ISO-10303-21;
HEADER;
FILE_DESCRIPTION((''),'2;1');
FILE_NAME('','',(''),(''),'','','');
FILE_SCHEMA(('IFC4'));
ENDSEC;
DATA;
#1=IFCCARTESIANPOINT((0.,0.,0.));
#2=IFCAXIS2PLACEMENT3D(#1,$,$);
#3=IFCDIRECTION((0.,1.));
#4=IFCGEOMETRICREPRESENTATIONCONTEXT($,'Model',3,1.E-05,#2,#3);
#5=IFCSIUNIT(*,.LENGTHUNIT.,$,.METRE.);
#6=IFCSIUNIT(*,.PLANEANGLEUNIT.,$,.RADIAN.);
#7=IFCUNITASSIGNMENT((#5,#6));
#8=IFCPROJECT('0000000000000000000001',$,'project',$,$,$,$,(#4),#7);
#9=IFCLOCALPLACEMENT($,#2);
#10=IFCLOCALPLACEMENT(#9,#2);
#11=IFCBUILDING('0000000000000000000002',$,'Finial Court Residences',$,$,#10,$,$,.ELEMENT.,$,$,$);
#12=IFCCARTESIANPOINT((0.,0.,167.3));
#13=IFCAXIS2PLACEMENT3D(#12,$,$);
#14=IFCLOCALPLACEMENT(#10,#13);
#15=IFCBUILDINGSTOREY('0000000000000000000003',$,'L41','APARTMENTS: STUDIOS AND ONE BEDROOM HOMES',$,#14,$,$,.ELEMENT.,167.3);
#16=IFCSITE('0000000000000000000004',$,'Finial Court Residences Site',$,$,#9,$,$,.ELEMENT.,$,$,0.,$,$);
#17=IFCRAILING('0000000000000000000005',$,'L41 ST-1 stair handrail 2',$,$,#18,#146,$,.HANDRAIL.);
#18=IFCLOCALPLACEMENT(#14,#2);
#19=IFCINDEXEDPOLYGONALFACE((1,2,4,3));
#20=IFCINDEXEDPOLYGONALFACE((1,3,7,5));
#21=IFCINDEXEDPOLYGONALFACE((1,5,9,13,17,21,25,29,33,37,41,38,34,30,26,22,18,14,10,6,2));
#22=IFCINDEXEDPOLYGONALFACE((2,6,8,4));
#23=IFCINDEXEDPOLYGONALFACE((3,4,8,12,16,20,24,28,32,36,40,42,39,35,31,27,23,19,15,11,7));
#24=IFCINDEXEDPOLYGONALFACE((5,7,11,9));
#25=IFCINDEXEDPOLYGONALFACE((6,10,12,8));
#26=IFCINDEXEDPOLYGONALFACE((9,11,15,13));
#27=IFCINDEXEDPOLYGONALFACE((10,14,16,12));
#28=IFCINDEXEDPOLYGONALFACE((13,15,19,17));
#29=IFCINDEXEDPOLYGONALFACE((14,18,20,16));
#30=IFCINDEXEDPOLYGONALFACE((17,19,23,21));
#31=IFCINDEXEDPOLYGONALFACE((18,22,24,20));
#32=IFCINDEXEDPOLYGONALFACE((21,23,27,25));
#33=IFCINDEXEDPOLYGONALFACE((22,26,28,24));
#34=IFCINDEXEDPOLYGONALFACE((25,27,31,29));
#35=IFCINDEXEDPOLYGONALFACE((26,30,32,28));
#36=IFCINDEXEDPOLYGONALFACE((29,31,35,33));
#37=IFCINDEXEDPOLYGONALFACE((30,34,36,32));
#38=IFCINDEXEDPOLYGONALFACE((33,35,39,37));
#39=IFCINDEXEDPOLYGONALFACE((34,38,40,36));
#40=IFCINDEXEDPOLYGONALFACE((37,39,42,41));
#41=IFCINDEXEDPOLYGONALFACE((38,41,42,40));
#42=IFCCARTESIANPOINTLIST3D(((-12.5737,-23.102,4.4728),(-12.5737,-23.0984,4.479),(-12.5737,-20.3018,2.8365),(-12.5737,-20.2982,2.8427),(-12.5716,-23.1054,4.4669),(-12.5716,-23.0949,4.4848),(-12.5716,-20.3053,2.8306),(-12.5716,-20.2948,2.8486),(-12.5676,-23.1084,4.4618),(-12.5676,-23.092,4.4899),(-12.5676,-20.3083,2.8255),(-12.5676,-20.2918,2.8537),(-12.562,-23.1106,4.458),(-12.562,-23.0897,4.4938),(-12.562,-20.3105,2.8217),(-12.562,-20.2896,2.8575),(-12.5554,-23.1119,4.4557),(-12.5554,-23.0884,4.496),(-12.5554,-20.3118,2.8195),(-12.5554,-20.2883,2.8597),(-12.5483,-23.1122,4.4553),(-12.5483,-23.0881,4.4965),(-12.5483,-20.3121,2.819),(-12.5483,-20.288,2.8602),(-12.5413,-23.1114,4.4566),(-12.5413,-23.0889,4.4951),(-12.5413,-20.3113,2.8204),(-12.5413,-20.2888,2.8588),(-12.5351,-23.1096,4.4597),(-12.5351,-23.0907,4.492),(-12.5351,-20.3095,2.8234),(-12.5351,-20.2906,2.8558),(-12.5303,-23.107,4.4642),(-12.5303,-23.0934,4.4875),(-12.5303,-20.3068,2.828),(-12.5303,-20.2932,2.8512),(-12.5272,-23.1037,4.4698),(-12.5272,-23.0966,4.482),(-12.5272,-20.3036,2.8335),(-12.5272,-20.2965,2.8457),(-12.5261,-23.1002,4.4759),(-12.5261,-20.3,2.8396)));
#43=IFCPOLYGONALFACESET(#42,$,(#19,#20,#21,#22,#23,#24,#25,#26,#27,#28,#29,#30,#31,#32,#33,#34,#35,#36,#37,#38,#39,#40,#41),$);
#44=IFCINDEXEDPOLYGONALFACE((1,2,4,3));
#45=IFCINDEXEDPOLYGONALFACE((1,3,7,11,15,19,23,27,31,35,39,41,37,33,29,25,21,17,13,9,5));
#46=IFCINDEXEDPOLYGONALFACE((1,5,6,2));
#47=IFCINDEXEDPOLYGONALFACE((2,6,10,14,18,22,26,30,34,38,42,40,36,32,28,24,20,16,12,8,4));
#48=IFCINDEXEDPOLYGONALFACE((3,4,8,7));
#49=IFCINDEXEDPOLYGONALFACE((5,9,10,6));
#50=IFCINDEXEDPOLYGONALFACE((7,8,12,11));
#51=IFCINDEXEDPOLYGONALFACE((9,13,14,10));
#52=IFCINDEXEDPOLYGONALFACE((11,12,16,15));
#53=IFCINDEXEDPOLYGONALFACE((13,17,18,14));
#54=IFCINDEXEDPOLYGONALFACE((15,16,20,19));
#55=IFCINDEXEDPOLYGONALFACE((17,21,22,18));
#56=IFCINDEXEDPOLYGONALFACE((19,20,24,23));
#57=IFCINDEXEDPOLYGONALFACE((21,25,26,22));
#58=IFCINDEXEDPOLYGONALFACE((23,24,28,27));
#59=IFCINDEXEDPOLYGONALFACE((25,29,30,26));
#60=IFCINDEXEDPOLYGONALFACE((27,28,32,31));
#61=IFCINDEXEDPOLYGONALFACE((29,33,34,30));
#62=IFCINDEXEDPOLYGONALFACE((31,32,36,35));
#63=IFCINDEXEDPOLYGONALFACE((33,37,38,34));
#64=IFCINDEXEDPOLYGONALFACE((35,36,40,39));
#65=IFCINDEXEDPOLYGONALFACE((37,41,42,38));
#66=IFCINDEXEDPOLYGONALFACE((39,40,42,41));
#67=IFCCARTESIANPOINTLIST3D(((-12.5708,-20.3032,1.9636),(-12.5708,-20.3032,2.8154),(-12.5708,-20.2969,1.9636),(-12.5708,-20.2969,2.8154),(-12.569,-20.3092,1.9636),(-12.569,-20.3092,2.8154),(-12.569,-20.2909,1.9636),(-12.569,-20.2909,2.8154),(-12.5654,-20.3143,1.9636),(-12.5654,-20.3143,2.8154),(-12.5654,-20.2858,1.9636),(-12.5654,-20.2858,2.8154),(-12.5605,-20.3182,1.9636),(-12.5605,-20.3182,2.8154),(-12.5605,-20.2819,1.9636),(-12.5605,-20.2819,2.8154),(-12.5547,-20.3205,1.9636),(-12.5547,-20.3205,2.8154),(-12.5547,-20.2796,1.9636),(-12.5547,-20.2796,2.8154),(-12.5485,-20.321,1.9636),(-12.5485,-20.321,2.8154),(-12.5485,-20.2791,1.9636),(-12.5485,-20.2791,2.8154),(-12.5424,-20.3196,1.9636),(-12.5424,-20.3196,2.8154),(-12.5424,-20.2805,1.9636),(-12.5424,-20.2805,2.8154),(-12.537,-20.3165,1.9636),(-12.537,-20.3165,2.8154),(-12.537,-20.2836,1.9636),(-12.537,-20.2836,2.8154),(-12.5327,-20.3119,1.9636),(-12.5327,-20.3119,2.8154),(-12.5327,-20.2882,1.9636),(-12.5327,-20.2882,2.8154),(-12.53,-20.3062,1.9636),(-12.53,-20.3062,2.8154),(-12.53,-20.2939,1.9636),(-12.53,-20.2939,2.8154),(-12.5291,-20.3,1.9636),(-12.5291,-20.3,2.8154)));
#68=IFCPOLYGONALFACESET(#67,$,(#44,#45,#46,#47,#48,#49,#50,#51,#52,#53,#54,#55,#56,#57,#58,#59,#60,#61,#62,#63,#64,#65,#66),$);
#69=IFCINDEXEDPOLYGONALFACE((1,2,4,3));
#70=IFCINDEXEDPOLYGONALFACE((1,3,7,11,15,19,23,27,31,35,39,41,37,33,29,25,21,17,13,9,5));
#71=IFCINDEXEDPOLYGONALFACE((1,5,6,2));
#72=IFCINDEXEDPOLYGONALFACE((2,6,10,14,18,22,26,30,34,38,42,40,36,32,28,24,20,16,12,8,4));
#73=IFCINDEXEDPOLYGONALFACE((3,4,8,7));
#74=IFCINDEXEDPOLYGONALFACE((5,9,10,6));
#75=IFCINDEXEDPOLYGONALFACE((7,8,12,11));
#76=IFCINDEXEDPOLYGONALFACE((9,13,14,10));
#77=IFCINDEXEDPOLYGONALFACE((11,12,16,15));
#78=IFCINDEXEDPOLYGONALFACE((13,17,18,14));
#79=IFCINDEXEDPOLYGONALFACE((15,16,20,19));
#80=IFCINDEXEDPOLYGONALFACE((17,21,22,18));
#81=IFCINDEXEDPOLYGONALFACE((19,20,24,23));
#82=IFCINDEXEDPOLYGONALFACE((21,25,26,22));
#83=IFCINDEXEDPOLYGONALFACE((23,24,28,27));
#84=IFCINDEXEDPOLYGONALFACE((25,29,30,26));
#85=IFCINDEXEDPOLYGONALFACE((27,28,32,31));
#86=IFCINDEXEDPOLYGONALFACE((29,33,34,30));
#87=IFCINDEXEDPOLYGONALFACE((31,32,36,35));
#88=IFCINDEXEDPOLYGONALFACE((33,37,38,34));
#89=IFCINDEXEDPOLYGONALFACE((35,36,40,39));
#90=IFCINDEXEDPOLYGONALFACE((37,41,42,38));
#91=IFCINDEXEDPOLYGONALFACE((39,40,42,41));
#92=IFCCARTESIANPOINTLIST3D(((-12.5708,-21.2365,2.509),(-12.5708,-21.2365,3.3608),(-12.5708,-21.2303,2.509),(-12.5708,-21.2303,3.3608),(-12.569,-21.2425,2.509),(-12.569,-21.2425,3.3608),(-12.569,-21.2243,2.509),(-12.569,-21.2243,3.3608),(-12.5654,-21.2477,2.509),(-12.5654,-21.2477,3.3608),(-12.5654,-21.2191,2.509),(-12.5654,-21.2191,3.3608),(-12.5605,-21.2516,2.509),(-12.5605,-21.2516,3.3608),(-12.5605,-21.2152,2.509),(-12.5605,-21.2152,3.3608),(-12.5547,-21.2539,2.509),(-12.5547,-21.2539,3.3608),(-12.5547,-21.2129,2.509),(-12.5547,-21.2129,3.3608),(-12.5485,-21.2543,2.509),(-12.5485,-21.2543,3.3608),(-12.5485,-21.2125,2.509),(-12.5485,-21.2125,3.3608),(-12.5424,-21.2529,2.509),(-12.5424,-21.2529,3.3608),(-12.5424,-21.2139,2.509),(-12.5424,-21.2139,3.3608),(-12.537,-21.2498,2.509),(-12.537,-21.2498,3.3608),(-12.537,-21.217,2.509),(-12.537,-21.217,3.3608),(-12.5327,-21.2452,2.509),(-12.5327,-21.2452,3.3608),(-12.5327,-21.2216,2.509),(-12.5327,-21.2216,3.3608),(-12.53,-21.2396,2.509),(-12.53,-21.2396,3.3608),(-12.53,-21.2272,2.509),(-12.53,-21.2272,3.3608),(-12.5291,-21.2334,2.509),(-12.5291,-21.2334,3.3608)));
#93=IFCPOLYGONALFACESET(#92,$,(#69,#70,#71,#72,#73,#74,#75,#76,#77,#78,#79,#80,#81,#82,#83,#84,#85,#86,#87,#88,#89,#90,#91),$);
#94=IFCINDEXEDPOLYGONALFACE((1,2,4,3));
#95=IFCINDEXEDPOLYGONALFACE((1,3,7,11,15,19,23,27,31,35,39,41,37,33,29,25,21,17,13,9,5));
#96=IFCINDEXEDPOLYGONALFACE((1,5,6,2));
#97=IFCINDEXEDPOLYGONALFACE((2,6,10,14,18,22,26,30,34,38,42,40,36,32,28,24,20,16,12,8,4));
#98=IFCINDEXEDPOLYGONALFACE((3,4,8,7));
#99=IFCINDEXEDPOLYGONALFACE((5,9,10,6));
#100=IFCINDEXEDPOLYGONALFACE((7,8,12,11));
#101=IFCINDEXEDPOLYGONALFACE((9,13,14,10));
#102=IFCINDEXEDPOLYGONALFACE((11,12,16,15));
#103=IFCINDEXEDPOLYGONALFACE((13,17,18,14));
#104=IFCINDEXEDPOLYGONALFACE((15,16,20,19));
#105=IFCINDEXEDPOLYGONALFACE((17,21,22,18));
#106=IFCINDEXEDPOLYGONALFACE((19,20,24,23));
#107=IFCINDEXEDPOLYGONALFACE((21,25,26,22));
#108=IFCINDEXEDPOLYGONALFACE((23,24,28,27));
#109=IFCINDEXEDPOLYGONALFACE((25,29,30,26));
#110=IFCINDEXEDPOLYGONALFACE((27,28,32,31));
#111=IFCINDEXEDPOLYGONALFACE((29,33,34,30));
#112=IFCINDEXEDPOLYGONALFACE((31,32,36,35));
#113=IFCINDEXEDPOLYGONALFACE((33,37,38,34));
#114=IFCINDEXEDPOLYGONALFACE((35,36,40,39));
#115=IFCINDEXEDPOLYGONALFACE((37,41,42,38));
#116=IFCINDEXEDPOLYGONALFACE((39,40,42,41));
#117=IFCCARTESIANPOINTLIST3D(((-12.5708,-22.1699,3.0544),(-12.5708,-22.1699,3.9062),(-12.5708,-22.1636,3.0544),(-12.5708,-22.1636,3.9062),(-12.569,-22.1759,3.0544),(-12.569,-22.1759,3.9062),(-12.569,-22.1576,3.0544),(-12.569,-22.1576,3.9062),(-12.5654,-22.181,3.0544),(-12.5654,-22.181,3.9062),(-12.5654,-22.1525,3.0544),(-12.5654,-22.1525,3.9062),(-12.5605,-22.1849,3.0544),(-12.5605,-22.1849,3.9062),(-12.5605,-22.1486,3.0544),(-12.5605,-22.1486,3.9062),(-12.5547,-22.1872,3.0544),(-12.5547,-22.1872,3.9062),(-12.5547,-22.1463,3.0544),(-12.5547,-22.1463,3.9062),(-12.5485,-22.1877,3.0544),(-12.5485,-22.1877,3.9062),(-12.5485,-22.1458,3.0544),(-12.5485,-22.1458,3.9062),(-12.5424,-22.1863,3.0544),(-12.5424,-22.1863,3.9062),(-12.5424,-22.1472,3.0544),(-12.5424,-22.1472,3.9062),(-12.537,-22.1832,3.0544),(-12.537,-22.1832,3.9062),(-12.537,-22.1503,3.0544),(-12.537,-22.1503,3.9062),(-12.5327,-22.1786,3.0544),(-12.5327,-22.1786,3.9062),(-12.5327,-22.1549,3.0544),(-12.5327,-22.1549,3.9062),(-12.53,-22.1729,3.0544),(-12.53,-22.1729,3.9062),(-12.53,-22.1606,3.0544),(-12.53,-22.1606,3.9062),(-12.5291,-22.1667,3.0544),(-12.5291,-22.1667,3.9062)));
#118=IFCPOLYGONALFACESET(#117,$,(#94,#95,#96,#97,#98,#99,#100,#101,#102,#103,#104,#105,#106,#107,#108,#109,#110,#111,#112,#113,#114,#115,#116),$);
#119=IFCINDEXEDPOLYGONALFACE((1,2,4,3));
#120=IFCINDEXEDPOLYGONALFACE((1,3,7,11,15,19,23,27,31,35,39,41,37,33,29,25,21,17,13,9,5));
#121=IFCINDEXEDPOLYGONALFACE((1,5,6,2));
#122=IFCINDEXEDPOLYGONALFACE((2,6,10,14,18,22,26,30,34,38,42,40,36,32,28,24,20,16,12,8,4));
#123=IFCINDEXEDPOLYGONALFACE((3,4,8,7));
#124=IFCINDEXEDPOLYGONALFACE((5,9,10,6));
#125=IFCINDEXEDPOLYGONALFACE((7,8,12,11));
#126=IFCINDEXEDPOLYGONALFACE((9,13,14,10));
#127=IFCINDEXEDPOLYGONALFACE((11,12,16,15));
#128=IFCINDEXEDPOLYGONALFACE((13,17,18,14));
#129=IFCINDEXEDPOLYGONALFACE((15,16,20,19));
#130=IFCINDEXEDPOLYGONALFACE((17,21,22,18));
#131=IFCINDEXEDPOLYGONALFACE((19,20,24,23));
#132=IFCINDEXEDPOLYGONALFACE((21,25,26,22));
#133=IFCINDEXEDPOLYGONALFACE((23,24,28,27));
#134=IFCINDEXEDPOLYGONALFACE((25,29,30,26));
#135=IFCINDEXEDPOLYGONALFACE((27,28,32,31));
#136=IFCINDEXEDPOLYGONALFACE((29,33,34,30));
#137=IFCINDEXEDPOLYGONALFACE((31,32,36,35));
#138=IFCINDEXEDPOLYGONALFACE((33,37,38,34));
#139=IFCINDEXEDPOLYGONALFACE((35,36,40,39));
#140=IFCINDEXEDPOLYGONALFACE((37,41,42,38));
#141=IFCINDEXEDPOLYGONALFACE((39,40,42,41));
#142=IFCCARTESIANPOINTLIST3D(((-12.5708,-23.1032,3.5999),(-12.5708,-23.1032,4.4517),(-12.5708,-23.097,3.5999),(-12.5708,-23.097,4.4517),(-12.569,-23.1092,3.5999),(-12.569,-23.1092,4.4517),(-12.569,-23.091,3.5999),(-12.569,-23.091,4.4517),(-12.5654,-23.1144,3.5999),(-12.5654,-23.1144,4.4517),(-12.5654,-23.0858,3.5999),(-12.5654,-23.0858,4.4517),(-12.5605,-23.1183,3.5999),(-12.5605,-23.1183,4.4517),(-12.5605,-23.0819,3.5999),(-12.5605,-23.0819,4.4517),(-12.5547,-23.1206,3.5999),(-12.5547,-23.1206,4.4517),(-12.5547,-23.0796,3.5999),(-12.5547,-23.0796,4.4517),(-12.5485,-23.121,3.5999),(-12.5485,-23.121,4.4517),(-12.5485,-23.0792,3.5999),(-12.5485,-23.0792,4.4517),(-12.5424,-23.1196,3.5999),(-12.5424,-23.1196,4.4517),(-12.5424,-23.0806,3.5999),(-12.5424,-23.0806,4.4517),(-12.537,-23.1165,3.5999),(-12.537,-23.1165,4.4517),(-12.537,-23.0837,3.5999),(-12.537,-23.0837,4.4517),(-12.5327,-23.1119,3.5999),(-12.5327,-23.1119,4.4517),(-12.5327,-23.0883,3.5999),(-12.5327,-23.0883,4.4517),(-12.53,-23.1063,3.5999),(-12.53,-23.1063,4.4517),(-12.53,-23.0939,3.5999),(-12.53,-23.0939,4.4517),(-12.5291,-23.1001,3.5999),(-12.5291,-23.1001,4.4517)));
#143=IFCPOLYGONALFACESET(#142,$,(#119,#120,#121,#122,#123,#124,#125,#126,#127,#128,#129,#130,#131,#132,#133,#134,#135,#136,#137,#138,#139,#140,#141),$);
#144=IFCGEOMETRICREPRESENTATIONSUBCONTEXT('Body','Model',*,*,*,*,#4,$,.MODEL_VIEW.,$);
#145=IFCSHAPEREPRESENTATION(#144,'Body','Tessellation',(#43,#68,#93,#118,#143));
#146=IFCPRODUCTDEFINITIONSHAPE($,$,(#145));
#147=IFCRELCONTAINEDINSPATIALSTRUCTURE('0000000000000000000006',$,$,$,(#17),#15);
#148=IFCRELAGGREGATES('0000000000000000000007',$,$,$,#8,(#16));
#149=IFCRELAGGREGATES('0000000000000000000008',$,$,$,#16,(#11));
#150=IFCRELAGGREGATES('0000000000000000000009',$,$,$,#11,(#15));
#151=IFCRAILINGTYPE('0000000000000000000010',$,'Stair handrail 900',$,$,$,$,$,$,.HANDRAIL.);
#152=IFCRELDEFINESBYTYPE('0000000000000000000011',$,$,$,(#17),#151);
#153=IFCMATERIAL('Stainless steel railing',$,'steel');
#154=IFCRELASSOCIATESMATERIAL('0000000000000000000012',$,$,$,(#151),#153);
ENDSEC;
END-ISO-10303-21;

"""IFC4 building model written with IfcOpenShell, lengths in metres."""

from ifc_helpers import new_model, si_unit, direction, frame, origin, origin_2d, place, context, subcontext, project, spatial, circle, extrude, material, type_object, element, save


model = new_model("IFC4")

# Units and contexts
model_context = context("Model", 3, precision=1e-05, world=origin(), true_north=direction((0.0, 1.0)))
body_context = subcontext(model_context, "Body", "Model", "MODEL_VIEW")
ifc_project = project(units=[si_unit("LENGTHUNIT", "METRE"), si_unit("PLANEANGLEUNIT", "RADIAN")], contexts=[model_context])

# Site, building, storey
site_placement = place(None, origin())
site = spatial("IfcSite", under=ifc_project, at=site_placement, Name="Finial Court Residences Site", CompositionType="ELEMENT", RefElevation=0.0)
building_placement = place(site_placement, origin())
building = spatial("IfcBuilding", under=site, at=building_placement, Name="Finial Court Residences", CompositionType="ELEMENT")
storey_placement = place(building_placement, frame((0.0, 0.0, 167.3)))
storey = spatial("IfcBuildingStorey", under=building, at=storey_placement, Name="L41", Description="APARTMENTS: STUDIOS AND ONE BEDROOM HOMES", CompositionType="ELEMENT", Elevation=167.3)

# Railing
ifc_material_1 = material(Name="Stainless steel railing", Category="steel")
railing_type_1 = type_object("IfcRailingType", Name="Stair handrail 900", PredefinedType="HANDRAIL", material=ifc_material_1)
railing_1_placement = place(storey_placement, frame((-12.55, -20.3, 1.9636)))
element("IfcRailing", 1, at=railing_1_placement, inside=storey, type_object=railing_type_1, Name="L41 ST-1 stair handrail 2", PredefinedType="HANDRAIL", context=body_context, shape_type="SweptSolid", body=[
    extrude(circle(Radius=0.0239, at=origin_2d()), frame((0.0, 0.0, 0.876), z_axis=(0.0, -0.863394, 0.504531), x_axis=(1.0, 0.0, 0.0)), (0.0, 0.0, 1.0), 3.2432),
    extrude(circle(Radius=0.021, at=origin_2d()), origin(), (0.0, 0.0, 1.0), 0.8518),
    extrude(circle(Radius=0.021, at=origin_2d()), frame((0.0, -0.9333, 0.5454)), (0.0, 0.0, 1.0), 0.8518),
    extrude(circle(Radius=0.021, at=origin_2d()), frame((0.0, -1.8667, 1.0908)), (0.0, 0.0, 1.0), 0.8518),
    extrude(circle(Radius=0.021, at=origin_2d()), frame((0.0, -2.8, 1.6362)), (0.0, 0.0, 1.0), 0.8518),
])

save(model, "model.ifc")
